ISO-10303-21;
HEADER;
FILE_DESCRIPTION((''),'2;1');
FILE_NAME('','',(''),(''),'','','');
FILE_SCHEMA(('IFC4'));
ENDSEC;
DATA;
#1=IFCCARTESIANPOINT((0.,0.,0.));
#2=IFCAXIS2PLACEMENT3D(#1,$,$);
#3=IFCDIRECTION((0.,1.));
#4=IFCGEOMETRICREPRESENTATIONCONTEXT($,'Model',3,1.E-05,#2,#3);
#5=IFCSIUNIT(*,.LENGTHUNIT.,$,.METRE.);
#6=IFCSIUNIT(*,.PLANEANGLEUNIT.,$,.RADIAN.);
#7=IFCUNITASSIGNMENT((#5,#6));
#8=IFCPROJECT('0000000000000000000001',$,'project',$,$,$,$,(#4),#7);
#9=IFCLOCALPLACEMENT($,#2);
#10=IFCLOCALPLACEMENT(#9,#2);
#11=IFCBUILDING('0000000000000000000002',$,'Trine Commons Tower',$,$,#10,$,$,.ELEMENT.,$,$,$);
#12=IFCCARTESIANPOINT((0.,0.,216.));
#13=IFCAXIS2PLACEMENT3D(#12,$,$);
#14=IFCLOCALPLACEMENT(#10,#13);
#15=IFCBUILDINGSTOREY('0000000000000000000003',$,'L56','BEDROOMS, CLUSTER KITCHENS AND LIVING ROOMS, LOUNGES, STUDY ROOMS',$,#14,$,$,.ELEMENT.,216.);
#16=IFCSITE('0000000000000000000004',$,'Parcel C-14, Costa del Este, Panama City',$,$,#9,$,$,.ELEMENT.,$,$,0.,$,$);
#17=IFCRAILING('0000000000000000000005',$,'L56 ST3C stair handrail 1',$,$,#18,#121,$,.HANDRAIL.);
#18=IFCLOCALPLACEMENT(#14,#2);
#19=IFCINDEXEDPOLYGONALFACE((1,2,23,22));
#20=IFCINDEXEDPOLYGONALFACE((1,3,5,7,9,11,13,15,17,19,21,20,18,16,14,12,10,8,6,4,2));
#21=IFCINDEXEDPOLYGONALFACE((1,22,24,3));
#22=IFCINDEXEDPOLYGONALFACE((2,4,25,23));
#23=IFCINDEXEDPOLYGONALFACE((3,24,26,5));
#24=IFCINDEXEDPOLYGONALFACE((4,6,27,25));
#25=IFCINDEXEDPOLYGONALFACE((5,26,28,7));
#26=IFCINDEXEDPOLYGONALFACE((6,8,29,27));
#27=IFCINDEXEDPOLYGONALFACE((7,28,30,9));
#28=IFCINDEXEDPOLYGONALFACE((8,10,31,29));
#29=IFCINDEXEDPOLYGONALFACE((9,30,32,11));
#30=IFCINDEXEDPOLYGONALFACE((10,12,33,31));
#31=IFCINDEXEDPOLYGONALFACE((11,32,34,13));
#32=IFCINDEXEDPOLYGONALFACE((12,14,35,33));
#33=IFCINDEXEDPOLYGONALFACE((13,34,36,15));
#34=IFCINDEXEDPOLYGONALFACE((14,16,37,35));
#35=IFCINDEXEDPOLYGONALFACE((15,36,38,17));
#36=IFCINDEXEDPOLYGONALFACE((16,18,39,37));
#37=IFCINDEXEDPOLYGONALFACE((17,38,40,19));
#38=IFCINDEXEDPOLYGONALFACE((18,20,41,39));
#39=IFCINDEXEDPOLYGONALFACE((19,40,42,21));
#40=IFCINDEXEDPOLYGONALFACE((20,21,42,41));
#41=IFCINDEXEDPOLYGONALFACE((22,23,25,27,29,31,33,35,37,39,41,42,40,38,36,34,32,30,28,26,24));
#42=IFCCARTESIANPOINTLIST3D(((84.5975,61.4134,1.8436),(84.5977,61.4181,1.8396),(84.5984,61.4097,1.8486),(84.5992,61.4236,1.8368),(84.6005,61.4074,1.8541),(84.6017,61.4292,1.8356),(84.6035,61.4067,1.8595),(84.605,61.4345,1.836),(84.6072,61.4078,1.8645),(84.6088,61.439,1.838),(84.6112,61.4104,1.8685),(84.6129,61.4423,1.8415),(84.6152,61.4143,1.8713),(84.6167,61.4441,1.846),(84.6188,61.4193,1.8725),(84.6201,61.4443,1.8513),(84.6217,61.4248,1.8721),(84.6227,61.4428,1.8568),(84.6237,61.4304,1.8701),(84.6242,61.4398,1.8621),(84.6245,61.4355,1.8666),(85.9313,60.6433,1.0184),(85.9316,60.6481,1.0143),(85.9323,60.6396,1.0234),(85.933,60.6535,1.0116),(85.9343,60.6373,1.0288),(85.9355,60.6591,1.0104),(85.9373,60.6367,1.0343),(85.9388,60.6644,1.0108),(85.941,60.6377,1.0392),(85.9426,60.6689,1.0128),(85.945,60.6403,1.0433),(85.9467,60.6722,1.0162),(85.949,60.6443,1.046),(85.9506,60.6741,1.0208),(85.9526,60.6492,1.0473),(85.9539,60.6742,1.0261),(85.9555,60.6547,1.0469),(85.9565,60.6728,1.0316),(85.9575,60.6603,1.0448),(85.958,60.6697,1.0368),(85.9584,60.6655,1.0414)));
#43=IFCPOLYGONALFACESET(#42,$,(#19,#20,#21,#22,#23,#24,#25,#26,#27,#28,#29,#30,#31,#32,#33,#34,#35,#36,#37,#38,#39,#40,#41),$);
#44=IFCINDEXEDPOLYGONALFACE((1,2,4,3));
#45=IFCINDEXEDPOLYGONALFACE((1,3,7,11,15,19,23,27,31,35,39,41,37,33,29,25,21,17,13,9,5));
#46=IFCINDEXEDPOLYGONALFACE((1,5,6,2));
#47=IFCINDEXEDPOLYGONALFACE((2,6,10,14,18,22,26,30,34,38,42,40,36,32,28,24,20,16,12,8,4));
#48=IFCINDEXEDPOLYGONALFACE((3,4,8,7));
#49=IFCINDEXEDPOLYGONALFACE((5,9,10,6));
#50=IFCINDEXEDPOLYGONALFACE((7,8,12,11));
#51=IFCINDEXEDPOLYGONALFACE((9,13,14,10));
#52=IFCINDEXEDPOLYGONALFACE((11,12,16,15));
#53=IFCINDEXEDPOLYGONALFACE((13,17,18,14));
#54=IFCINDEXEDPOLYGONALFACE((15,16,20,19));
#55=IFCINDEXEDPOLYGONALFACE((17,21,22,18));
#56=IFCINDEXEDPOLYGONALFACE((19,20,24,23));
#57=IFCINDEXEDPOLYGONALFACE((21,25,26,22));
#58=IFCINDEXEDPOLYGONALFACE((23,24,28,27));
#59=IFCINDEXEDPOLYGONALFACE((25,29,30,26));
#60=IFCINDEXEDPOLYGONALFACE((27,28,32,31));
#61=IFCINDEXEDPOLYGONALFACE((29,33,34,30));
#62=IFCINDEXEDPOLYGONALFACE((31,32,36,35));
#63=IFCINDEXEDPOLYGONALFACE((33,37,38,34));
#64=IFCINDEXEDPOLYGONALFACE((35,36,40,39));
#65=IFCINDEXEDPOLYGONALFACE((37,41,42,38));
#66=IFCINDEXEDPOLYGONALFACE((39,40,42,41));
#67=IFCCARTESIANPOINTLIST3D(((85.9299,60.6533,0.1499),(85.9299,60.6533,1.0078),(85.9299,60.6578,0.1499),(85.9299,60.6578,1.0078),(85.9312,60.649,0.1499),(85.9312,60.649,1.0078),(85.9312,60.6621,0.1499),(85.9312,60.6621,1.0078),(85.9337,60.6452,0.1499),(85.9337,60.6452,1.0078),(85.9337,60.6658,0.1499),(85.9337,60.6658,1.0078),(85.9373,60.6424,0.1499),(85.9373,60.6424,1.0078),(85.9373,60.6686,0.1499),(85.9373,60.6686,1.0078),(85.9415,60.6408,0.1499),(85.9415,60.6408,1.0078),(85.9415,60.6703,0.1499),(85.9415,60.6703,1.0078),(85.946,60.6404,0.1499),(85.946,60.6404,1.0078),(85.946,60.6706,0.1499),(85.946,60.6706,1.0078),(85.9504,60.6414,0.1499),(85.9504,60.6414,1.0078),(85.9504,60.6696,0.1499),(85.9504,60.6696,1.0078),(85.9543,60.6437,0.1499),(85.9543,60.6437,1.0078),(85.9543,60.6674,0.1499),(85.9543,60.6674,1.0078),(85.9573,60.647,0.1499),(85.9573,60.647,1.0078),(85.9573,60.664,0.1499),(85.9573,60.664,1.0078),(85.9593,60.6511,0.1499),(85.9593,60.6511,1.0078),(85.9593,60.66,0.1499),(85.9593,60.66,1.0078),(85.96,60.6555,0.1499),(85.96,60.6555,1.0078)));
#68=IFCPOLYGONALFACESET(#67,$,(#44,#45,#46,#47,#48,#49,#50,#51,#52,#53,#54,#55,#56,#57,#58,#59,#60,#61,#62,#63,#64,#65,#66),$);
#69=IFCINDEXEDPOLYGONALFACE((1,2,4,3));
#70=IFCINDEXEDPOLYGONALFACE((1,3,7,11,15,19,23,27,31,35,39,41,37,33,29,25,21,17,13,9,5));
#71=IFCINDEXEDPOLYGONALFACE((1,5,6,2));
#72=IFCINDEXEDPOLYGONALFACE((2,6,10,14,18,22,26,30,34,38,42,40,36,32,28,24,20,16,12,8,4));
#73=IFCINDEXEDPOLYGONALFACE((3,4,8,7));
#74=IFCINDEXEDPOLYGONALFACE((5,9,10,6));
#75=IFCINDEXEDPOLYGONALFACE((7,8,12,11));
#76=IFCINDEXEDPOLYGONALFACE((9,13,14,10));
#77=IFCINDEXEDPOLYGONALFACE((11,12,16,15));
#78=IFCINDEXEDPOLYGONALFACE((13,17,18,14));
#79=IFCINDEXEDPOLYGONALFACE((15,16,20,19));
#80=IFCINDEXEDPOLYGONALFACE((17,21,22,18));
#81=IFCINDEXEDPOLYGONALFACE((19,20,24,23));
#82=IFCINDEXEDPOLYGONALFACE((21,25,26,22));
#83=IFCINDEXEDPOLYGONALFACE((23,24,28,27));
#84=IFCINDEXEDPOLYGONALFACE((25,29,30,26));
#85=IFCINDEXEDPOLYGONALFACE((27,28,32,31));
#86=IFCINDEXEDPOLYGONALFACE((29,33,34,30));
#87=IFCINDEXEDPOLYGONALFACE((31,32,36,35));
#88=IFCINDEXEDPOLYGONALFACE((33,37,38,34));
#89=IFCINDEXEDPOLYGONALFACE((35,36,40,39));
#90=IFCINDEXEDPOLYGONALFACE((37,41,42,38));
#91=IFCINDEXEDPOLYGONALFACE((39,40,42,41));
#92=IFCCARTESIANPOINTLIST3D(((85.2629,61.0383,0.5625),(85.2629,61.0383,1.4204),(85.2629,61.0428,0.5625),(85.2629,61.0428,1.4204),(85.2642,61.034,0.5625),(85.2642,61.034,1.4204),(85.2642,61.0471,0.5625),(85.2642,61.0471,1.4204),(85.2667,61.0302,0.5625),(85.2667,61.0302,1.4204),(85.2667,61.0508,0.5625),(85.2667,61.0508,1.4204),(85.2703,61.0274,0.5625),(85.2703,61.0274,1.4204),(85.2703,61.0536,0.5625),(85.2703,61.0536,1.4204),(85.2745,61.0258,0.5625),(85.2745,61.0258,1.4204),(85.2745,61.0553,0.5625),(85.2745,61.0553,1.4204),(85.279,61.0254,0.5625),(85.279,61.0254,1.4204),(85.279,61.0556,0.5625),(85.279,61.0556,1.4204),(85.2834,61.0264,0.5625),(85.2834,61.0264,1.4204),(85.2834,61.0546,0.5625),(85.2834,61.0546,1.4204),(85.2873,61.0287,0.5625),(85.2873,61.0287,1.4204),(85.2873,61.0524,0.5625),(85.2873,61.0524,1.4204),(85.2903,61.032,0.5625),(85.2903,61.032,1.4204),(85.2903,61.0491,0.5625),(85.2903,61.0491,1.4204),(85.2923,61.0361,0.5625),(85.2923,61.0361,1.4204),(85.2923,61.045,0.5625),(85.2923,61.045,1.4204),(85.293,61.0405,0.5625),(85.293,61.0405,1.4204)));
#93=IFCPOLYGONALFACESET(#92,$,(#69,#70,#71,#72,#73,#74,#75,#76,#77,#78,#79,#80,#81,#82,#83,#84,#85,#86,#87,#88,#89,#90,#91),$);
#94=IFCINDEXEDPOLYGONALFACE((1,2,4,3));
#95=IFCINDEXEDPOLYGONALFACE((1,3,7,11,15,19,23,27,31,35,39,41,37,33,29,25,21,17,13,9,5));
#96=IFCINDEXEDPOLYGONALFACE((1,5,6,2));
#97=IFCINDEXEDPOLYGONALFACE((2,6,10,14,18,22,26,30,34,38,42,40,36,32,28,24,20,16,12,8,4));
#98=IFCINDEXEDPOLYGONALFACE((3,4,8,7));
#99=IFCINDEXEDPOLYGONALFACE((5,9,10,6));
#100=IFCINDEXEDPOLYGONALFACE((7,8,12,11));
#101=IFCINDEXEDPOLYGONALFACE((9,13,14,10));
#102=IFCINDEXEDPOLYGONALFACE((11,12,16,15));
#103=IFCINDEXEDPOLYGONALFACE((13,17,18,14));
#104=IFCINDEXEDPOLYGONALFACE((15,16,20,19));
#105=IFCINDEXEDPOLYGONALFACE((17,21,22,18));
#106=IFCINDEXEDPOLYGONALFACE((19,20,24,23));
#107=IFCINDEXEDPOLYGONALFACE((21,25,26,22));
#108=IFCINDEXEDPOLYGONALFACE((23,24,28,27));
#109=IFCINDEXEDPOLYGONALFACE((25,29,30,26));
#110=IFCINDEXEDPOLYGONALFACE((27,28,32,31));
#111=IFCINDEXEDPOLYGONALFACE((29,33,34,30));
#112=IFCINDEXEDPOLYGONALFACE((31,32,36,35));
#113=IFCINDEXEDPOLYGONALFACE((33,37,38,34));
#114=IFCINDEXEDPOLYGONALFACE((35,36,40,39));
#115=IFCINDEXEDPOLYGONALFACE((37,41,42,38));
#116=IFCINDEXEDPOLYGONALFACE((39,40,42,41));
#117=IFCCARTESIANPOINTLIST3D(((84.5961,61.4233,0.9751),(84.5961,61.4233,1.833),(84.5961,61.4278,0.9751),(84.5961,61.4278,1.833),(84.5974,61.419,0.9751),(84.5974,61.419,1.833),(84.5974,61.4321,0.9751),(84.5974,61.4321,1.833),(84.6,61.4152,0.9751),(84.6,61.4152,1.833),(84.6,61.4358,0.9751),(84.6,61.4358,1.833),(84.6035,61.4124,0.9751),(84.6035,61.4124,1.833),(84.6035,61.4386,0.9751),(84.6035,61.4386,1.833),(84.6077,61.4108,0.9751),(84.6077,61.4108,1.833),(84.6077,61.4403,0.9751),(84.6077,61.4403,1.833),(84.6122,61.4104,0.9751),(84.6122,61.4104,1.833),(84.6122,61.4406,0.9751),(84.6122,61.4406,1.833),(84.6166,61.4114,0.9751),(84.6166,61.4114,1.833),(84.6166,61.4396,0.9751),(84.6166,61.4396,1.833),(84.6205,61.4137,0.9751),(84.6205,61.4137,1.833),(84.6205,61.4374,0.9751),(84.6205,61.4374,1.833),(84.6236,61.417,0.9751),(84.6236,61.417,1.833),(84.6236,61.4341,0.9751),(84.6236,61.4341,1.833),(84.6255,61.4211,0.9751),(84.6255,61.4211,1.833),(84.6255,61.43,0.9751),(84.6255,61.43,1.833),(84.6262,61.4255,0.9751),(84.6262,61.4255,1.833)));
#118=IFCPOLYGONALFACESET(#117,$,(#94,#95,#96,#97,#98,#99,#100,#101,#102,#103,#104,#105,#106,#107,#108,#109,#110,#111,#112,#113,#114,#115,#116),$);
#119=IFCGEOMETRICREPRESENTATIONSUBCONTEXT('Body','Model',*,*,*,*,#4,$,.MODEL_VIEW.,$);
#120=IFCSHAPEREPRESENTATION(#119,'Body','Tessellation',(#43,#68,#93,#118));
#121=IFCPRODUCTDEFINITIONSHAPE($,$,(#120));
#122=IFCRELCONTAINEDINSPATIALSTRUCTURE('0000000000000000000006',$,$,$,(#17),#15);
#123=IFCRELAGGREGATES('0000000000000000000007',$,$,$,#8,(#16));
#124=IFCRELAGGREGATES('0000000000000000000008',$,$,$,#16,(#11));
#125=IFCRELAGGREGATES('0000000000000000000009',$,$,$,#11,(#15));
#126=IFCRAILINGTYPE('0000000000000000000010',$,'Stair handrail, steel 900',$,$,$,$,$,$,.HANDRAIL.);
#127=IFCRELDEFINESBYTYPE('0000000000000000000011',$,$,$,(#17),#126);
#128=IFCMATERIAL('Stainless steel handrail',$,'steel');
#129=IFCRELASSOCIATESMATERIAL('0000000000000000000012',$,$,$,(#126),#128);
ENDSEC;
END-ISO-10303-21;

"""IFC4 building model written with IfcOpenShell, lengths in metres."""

from ifc_helpers import new_model, si_unit, direction, frame, origin, origin_2d, place, context, subcontext, project, spatial, circle, extrude, material, type_object, element, save


model = new_model("IFC4")

# Units and contexts
model_context = context("Model", 3, precision=1e-05, world=origin(), true_north=direction((0.0, 1.0)))
body_context = subcontext(model_context, "Body", "Model", "MODEL_VIEW")
ifc_project = project(units=[si_unit("LENGTHUNIT", "METRE"), si_unit("PLANEANGLEUNIT", "RADIAN")], contexts=[model_context])

# Site, building, storey
site_placement = place(None, origin())
site = spatial("IfcSite", under=ifc_project, at=site_placement, Name="Parcel C-14, Costa del Este, Panama City", CompositionType="ELEMENT", RefElevation=0.0)
building_placement = place(site_placement, origin())
building = spatial("IfcBuilding", under=site, at=building_placement, Name="Trine Commons Tower", CompositionType="ELEMENT")
storey_placement = place(building_placement, frame((0.0, 0.0, 216.0)))
storey = spatial("IfcBuildingStorey", under=building, at=storey_placement, Name="L56", Description="BEDROOMS, CLUSTER KITCHENS AND LIVING ROOMS, LOUNGES, STUDY ROOMS", CompositionType="ELEMENT", Elevation=216.0)

# Railing
ifc_material_1 = material(Name="Stainless steel handrail", Category="steel")
railing_type = type_object("IfcRailingType", Name="Stair handrail, steel 900", PredefinedType="HANDRAIL", material=ifc_material_1)
railing_placement = place(storey_placement, frame((85.9448, 60.6555, 0.1499)))
element("IfcRailing", 1, at=railing_placement, inside=storey, type_object=railing_type, Name="L56 ST3C stair handrail 1", PredefinedType="HANDRAIL", context=body_context, shape_type="SweptSolid", body=[
    extrude(circle(Radius=0.021, at=origin_2d()), frame((0.0, 0.0, 0.8789), z_axis=(-0.763355, 0.440714, 0.472293), x_axis=(-0.499992, -0.86603, 0.0)), (0.0, 0.0, 1.0), 1.7473),
    extrude(circle(Radius=0.0151, at=origin_2d()), origin(), (0.0, 0.0, 1.0), 0.8579),
    extrude(circle(Radius=0.0151, at=origin_2d()), frame((-0.667, 0.385, 0.4126)), (0.0, 0.0, 1.0), 0.8579),
    extrude(circle(Radius=0.0151, at=origin_2d()), frame((-1.3337, 0.77, 0.8252)), (0.0, 0.0, 1.0), 0.8579),
])

save(model, "model.ifc")
